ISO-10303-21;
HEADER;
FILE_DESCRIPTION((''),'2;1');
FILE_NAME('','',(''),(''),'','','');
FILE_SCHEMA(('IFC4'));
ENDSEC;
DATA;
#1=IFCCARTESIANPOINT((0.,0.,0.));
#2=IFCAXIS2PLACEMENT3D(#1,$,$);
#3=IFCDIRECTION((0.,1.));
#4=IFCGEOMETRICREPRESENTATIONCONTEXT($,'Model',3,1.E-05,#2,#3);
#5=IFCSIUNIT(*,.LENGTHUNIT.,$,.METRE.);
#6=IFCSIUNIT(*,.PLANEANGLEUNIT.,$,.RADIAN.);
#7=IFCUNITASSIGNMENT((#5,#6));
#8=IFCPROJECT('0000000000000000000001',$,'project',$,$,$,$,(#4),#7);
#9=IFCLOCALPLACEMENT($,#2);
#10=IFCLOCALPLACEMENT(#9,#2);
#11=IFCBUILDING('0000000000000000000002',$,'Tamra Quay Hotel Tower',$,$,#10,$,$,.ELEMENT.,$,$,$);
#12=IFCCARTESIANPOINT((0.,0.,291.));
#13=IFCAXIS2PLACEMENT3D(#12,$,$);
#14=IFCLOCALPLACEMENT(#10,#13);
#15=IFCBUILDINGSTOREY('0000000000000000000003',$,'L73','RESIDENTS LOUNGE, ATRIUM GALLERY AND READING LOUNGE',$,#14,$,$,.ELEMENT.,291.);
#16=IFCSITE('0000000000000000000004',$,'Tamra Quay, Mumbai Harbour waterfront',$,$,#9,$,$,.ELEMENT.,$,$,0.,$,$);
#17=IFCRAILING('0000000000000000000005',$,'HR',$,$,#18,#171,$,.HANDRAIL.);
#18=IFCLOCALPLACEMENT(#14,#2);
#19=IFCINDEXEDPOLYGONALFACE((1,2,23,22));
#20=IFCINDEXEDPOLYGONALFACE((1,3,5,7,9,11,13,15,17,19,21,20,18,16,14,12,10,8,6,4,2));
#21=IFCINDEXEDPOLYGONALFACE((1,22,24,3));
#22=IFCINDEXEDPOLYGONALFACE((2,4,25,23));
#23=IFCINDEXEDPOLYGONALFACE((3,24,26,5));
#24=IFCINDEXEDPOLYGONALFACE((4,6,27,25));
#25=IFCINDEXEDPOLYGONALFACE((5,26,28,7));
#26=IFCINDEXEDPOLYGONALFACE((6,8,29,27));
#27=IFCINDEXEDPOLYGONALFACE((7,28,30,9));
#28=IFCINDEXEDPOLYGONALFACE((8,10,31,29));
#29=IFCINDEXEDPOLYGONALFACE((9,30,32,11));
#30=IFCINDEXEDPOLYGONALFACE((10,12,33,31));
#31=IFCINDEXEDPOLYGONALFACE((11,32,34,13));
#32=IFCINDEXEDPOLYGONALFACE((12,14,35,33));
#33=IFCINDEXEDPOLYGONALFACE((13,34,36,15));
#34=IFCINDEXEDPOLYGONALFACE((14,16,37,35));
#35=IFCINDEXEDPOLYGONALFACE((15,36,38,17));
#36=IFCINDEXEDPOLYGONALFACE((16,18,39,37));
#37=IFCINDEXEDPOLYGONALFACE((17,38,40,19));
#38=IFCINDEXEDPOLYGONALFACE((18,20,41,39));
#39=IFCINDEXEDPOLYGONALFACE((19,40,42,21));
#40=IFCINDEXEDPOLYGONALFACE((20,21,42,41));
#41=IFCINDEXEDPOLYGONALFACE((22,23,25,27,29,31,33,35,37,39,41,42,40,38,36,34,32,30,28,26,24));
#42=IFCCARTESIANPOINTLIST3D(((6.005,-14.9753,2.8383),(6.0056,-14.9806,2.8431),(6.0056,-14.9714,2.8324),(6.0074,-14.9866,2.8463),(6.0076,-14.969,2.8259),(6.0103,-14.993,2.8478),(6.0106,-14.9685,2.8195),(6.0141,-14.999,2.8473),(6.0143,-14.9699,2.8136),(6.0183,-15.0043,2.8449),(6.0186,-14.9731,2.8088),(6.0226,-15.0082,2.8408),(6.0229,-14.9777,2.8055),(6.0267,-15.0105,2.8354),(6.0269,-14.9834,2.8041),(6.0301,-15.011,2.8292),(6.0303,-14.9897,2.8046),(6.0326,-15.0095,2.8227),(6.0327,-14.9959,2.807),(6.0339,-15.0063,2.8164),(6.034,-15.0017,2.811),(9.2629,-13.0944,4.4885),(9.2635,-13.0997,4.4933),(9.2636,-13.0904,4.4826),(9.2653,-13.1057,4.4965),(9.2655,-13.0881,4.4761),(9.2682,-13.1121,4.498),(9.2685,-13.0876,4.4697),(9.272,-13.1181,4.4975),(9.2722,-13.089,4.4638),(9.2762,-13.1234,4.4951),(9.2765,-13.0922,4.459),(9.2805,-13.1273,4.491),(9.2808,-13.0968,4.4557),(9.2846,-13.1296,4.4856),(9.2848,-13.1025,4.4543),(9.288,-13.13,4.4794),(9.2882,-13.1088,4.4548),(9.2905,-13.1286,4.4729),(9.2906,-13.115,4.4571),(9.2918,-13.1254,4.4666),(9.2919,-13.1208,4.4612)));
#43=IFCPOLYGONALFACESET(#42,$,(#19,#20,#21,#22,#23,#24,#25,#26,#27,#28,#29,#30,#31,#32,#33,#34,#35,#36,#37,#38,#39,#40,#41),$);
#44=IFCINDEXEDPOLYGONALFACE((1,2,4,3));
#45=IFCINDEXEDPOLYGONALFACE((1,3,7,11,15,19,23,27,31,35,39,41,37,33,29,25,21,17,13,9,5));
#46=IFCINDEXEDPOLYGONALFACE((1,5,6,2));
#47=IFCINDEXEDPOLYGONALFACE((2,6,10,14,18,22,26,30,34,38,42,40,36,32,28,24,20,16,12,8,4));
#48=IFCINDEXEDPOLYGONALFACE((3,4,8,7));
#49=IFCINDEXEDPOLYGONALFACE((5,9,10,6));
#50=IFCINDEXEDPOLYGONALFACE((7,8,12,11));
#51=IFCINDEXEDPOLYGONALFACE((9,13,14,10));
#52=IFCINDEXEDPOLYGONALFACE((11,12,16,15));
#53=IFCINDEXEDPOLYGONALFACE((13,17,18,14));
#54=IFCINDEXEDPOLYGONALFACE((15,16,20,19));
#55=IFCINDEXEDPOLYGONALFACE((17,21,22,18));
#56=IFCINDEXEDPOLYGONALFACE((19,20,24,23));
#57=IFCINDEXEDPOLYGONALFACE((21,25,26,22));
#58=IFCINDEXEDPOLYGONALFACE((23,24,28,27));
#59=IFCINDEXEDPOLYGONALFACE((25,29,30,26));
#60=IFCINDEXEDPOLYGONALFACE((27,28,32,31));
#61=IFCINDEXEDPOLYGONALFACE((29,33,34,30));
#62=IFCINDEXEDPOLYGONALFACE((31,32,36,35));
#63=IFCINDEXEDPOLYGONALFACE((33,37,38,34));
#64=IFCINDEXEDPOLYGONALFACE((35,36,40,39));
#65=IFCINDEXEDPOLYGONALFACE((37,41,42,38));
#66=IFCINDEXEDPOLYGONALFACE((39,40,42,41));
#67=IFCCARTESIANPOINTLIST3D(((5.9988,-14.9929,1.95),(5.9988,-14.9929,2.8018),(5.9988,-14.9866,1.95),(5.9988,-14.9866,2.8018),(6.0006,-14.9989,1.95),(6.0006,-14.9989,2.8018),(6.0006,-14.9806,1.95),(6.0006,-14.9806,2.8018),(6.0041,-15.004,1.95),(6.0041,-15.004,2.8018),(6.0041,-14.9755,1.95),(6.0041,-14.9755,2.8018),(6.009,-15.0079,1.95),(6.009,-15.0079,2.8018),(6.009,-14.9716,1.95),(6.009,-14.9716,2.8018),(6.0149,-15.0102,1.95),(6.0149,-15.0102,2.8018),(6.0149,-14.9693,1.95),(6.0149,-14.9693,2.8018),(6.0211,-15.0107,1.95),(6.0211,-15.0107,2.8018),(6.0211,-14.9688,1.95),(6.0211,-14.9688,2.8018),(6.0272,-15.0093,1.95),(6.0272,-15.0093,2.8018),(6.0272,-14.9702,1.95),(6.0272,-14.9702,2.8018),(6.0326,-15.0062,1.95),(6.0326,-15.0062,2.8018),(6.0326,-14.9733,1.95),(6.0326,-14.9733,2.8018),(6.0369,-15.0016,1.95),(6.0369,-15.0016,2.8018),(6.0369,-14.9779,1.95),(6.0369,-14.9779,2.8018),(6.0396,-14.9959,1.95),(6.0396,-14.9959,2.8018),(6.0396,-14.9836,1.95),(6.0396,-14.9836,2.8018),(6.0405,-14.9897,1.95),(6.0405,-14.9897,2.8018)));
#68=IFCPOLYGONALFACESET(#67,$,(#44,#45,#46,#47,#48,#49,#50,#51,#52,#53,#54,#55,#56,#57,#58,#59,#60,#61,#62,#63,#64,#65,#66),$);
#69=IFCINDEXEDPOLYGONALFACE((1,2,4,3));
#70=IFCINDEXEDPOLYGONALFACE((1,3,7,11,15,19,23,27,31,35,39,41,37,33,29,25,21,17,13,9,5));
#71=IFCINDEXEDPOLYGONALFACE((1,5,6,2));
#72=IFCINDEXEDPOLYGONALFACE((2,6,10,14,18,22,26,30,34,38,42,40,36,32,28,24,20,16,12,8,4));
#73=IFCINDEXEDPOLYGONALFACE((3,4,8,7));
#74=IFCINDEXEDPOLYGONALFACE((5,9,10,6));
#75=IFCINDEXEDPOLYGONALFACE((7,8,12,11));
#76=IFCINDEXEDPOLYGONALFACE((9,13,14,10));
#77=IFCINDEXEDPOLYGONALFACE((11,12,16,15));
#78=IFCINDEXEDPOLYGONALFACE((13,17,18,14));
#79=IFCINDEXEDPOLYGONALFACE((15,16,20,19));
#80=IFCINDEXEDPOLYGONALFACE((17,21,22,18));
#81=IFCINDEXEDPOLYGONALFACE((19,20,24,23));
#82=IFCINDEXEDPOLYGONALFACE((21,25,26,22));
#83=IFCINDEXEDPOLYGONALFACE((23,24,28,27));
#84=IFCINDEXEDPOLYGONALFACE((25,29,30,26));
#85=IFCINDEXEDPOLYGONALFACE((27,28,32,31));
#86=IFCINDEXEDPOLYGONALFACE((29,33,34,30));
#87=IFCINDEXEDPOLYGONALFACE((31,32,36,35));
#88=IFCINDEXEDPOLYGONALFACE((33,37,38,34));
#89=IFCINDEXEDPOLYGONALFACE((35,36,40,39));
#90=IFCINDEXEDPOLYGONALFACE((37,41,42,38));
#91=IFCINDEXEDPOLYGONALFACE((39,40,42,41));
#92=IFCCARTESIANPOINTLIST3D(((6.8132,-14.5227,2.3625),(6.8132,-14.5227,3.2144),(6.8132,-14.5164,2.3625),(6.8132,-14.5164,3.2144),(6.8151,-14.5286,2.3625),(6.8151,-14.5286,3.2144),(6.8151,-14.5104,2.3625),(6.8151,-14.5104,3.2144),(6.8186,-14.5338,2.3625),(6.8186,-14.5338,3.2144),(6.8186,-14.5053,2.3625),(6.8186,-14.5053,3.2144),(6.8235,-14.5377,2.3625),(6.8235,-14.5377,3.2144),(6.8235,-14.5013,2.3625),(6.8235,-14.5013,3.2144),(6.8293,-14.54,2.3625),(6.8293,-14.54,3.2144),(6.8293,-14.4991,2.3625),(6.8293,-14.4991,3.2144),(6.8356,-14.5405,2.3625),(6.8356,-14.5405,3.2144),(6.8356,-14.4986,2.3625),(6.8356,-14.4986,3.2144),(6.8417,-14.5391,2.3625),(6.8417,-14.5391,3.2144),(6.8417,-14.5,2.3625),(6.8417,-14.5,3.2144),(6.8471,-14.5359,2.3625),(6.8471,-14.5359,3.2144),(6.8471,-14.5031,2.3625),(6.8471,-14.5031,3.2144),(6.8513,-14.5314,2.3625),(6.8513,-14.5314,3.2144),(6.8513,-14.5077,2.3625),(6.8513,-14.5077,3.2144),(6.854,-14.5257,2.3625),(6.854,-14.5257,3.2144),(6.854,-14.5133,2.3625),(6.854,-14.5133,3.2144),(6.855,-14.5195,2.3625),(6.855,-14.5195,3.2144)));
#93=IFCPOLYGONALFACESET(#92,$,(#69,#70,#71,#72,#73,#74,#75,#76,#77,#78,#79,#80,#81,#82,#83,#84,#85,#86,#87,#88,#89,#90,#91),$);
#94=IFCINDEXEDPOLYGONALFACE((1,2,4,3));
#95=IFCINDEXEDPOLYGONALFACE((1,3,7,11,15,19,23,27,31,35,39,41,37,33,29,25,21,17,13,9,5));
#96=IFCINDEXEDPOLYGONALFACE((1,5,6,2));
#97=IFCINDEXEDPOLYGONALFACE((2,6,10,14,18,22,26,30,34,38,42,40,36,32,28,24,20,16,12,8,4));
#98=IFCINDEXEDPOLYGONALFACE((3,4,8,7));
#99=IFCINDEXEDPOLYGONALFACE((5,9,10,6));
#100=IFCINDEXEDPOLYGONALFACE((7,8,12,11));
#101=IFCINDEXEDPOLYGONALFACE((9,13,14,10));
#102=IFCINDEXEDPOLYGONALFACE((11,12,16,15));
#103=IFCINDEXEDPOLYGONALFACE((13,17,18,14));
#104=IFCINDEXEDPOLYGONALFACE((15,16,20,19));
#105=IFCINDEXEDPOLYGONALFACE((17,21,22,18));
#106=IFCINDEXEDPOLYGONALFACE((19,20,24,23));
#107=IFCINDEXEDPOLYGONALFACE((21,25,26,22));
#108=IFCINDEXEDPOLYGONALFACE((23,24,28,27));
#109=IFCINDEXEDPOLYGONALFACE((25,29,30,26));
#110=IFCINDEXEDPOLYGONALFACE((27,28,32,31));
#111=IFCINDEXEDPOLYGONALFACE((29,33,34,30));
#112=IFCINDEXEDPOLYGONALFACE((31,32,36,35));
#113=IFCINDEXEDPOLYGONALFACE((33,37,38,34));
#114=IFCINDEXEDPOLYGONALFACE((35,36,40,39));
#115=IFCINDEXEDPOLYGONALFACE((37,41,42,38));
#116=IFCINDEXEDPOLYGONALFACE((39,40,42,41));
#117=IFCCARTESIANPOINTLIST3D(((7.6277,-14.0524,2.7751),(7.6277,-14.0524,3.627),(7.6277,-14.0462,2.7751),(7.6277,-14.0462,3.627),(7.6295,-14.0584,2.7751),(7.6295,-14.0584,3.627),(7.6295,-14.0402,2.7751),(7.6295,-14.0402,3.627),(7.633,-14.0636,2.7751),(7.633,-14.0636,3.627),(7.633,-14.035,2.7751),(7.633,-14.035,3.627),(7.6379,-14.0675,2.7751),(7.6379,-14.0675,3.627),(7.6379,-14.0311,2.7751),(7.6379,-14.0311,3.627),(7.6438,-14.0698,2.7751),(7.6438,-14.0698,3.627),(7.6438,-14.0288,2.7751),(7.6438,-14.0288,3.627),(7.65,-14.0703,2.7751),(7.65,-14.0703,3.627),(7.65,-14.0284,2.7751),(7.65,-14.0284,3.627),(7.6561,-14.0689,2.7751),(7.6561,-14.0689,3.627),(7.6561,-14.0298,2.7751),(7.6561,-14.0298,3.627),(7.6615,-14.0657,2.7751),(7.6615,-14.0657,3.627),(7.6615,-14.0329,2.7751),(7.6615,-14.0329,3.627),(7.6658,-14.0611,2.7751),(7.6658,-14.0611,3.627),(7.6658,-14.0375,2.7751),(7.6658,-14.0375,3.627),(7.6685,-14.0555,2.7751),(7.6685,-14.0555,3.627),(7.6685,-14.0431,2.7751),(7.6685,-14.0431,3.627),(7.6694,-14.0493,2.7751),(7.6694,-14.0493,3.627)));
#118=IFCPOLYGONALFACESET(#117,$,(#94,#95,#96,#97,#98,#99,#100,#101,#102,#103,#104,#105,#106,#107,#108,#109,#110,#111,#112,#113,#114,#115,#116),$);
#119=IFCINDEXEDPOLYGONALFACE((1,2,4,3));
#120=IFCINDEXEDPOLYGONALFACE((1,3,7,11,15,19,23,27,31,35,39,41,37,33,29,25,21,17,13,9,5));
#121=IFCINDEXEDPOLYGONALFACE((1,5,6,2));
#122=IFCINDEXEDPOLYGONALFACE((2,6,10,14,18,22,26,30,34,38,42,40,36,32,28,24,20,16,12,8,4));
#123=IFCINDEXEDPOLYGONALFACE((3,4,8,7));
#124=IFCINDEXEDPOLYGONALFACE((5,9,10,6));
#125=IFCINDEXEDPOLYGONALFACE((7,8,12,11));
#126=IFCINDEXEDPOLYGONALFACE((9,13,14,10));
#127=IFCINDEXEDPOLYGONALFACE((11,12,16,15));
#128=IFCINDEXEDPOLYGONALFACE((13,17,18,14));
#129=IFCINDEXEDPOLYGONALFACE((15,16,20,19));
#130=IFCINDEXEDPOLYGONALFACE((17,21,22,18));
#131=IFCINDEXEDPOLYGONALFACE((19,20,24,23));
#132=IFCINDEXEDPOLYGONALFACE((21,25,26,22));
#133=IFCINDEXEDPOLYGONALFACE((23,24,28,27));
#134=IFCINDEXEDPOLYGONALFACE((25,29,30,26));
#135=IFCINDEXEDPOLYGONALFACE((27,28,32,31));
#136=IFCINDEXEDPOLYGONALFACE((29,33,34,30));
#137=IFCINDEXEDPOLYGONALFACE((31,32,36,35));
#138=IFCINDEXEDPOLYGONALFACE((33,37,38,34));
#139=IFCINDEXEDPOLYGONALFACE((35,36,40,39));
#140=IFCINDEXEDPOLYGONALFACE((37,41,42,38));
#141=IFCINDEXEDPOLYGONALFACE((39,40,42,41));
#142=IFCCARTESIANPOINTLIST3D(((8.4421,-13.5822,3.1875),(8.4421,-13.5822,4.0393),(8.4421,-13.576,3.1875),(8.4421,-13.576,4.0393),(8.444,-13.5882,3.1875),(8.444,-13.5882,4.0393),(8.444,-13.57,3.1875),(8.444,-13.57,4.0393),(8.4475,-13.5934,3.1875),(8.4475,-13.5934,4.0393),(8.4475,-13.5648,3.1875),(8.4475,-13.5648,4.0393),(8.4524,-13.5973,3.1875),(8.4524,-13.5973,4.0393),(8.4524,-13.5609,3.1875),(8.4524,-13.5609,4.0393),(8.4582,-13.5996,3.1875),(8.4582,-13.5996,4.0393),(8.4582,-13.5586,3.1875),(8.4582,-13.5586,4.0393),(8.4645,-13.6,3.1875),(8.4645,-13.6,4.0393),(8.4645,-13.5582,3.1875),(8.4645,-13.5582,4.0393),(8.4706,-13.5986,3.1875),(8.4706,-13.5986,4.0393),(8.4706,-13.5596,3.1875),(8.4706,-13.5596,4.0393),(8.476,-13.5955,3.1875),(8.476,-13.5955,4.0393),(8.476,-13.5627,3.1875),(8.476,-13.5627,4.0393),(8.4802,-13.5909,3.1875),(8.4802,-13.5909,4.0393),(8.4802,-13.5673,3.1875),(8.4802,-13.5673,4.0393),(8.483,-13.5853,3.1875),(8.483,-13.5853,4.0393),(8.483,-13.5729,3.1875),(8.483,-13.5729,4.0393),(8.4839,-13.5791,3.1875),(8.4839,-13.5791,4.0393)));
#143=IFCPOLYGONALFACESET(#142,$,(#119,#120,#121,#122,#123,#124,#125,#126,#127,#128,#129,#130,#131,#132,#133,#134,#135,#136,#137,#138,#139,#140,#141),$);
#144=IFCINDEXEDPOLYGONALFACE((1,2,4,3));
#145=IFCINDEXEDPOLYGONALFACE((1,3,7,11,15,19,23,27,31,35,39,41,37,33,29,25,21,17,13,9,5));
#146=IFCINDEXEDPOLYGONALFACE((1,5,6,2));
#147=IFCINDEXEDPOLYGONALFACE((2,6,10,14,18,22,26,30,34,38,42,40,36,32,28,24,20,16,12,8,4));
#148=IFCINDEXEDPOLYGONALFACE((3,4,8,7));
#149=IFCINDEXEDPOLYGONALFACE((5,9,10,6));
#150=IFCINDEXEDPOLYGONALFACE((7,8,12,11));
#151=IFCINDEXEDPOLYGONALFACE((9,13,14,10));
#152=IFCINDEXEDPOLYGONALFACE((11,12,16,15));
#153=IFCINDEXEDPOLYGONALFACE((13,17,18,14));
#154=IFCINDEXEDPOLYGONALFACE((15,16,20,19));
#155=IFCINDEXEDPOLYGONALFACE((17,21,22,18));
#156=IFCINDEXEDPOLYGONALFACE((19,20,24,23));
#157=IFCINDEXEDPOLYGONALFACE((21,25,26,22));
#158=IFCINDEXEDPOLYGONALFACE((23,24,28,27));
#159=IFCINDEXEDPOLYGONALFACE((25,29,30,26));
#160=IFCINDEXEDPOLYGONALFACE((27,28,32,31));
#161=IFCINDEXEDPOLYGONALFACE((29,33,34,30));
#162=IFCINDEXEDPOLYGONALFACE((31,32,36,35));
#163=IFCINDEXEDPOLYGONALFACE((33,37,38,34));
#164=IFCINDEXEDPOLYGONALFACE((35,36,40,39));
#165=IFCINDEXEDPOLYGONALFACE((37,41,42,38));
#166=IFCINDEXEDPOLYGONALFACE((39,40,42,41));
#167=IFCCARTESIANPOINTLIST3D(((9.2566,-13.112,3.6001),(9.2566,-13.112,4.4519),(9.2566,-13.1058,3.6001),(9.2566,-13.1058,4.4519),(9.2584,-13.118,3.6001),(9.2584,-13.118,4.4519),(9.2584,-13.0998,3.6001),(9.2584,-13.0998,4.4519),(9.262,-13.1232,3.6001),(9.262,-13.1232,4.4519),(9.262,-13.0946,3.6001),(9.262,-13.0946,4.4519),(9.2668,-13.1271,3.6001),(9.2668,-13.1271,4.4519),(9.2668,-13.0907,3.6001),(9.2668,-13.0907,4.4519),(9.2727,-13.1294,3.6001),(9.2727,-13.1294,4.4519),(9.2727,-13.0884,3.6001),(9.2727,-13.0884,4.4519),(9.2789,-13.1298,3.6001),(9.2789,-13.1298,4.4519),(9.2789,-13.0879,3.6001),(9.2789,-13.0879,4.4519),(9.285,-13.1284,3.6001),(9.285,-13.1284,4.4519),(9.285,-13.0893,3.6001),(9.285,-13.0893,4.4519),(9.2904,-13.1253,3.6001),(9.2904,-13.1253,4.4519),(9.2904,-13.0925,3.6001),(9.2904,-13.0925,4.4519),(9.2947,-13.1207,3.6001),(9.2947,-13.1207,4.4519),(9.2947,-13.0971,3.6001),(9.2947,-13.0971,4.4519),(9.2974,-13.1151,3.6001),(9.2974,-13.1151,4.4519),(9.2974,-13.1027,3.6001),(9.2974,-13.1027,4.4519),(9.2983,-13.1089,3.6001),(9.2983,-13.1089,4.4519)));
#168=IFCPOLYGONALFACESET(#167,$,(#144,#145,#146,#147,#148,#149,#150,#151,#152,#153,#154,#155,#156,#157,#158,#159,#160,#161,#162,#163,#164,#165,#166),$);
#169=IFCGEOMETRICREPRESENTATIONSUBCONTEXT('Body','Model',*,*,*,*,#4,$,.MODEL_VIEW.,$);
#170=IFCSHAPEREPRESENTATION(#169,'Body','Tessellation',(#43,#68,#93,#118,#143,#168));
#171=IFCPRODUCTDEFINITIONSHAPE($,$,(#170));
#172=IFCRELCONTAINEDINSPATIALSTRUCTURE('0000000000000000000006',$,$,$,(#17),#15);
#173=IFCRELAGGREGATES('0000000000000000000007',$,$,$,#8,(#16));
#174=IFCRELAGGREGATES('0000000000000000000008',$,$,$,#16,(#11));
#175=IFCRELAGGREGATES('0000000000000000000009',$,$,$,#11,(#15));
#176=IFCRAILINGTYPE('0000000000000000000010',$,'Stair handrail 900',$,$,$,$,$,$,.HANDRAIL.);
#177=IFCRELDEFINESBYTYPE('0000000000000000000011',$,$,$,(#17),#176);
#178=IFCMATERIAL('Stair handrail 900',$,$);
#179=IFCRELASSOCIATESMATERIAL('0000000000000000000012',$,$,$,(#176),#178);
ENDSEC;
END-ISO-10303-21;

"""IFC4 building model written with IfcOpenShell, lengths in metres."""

from ifc_helpers import new_model, si_unit, direction, frame, origin, origin_2d, place, context, subcontext, project, spatial, circle, extrude, material, type_object, element, save


model = new_model("IFC4")

# Units and contexts
model_context = context("Model", 3, precision=1e-05, world=origin(), true_north=direction((0.0, 1.0)))
body_context = subcontext(model_context, "Body", "Model", "MODEL_VIEW")
ifc_project = project(units=[si_unit("LENGTHUNIT", "METRE"), si_unit("PLANEANGLEUNIT", "RADIAN")], contexts=[model_context])

# Site, building, storey
site_placement = place(None, origin())
site = spatial("IfcSite", under=ifc_project, at=site_placement, Name="Tamra Quay, Mumbai Harbour waterfront", CompositionType="ELEMENT", RefElevation=0.0)
building_placement = place(site_placement, origin())
building = spatial("IfcBuilding", under=site, at=building_placement, Name="Tamra Quay Hotel Tower", CompositionType="ELEMENT")
storey_placement = place(building_placement, frame((0.0, 0.0, 291.0)))
storey = spatial("IfcBuildingStorey", under=building, at=storey_placement, Name="L73", Description="RESIDENTS LOUNGE, ATRIUM GALLERY AND READING LOUNGE", CompositionType="ELEMENT", Elevation=291.0)

# Railing
ifc_material_1 = material(Name="Stair handrail 900")
railing_type_1 = type_object("IfcRailingType", Name="Stair handrail 900", PredefinedType="HANDRAIL", material=ifc_material_1)
railing_1_placement = place(storey_placement, frame((6.0195, -14.9897, 1.95)))
element("IfcRailing", 1, at=railing_1_placement, inside=storey, type_object=railing_type_1, Name="HR", PredefinedType="HANDRAIL", context=body_context, shape_type="SweptSolid", body=[
    extrude(circle(Radius=0.0239, at=origin_2d()), frame((0.0, 0.0, 0.876), z_axis=(0.793081, 0.457876, 0.401711), x_axis=(-0.499992, 0.86603, 0.0)), (0.0, 0.0, 1.0), 4.1079),
    extrude(circle(Radius=0.021, at=origin_2d()), origin(), (0.0, 0.0, 1.0), 0.8518),
    extrude(circle(Radius=0.021, at=origin_2d()), frame((0.8145, 0.4702, 0.4126)), (0.0, 0.0, 1.0), 0.8518),
    extrude(circle(Radius=0.021, at=origin_2d()), frame((1.6289, 0.9404, 0.8252)), (0.0, 0.0, 1.0), 0.8518),
    extrude(circle(Radius=0.021, at=origin_2d()), frame((2.4434, 1.4106, 1.2375)), (0.0, 0.0, 1.0), 0.8518),
    extrude(circle(Radius=0.021, at=origin_2d()), frame((3.2578, 1.8809, 1.6501)), (0.0, 0.0, 1.0), 0.8518),
])

save(model, "model.ifc")
